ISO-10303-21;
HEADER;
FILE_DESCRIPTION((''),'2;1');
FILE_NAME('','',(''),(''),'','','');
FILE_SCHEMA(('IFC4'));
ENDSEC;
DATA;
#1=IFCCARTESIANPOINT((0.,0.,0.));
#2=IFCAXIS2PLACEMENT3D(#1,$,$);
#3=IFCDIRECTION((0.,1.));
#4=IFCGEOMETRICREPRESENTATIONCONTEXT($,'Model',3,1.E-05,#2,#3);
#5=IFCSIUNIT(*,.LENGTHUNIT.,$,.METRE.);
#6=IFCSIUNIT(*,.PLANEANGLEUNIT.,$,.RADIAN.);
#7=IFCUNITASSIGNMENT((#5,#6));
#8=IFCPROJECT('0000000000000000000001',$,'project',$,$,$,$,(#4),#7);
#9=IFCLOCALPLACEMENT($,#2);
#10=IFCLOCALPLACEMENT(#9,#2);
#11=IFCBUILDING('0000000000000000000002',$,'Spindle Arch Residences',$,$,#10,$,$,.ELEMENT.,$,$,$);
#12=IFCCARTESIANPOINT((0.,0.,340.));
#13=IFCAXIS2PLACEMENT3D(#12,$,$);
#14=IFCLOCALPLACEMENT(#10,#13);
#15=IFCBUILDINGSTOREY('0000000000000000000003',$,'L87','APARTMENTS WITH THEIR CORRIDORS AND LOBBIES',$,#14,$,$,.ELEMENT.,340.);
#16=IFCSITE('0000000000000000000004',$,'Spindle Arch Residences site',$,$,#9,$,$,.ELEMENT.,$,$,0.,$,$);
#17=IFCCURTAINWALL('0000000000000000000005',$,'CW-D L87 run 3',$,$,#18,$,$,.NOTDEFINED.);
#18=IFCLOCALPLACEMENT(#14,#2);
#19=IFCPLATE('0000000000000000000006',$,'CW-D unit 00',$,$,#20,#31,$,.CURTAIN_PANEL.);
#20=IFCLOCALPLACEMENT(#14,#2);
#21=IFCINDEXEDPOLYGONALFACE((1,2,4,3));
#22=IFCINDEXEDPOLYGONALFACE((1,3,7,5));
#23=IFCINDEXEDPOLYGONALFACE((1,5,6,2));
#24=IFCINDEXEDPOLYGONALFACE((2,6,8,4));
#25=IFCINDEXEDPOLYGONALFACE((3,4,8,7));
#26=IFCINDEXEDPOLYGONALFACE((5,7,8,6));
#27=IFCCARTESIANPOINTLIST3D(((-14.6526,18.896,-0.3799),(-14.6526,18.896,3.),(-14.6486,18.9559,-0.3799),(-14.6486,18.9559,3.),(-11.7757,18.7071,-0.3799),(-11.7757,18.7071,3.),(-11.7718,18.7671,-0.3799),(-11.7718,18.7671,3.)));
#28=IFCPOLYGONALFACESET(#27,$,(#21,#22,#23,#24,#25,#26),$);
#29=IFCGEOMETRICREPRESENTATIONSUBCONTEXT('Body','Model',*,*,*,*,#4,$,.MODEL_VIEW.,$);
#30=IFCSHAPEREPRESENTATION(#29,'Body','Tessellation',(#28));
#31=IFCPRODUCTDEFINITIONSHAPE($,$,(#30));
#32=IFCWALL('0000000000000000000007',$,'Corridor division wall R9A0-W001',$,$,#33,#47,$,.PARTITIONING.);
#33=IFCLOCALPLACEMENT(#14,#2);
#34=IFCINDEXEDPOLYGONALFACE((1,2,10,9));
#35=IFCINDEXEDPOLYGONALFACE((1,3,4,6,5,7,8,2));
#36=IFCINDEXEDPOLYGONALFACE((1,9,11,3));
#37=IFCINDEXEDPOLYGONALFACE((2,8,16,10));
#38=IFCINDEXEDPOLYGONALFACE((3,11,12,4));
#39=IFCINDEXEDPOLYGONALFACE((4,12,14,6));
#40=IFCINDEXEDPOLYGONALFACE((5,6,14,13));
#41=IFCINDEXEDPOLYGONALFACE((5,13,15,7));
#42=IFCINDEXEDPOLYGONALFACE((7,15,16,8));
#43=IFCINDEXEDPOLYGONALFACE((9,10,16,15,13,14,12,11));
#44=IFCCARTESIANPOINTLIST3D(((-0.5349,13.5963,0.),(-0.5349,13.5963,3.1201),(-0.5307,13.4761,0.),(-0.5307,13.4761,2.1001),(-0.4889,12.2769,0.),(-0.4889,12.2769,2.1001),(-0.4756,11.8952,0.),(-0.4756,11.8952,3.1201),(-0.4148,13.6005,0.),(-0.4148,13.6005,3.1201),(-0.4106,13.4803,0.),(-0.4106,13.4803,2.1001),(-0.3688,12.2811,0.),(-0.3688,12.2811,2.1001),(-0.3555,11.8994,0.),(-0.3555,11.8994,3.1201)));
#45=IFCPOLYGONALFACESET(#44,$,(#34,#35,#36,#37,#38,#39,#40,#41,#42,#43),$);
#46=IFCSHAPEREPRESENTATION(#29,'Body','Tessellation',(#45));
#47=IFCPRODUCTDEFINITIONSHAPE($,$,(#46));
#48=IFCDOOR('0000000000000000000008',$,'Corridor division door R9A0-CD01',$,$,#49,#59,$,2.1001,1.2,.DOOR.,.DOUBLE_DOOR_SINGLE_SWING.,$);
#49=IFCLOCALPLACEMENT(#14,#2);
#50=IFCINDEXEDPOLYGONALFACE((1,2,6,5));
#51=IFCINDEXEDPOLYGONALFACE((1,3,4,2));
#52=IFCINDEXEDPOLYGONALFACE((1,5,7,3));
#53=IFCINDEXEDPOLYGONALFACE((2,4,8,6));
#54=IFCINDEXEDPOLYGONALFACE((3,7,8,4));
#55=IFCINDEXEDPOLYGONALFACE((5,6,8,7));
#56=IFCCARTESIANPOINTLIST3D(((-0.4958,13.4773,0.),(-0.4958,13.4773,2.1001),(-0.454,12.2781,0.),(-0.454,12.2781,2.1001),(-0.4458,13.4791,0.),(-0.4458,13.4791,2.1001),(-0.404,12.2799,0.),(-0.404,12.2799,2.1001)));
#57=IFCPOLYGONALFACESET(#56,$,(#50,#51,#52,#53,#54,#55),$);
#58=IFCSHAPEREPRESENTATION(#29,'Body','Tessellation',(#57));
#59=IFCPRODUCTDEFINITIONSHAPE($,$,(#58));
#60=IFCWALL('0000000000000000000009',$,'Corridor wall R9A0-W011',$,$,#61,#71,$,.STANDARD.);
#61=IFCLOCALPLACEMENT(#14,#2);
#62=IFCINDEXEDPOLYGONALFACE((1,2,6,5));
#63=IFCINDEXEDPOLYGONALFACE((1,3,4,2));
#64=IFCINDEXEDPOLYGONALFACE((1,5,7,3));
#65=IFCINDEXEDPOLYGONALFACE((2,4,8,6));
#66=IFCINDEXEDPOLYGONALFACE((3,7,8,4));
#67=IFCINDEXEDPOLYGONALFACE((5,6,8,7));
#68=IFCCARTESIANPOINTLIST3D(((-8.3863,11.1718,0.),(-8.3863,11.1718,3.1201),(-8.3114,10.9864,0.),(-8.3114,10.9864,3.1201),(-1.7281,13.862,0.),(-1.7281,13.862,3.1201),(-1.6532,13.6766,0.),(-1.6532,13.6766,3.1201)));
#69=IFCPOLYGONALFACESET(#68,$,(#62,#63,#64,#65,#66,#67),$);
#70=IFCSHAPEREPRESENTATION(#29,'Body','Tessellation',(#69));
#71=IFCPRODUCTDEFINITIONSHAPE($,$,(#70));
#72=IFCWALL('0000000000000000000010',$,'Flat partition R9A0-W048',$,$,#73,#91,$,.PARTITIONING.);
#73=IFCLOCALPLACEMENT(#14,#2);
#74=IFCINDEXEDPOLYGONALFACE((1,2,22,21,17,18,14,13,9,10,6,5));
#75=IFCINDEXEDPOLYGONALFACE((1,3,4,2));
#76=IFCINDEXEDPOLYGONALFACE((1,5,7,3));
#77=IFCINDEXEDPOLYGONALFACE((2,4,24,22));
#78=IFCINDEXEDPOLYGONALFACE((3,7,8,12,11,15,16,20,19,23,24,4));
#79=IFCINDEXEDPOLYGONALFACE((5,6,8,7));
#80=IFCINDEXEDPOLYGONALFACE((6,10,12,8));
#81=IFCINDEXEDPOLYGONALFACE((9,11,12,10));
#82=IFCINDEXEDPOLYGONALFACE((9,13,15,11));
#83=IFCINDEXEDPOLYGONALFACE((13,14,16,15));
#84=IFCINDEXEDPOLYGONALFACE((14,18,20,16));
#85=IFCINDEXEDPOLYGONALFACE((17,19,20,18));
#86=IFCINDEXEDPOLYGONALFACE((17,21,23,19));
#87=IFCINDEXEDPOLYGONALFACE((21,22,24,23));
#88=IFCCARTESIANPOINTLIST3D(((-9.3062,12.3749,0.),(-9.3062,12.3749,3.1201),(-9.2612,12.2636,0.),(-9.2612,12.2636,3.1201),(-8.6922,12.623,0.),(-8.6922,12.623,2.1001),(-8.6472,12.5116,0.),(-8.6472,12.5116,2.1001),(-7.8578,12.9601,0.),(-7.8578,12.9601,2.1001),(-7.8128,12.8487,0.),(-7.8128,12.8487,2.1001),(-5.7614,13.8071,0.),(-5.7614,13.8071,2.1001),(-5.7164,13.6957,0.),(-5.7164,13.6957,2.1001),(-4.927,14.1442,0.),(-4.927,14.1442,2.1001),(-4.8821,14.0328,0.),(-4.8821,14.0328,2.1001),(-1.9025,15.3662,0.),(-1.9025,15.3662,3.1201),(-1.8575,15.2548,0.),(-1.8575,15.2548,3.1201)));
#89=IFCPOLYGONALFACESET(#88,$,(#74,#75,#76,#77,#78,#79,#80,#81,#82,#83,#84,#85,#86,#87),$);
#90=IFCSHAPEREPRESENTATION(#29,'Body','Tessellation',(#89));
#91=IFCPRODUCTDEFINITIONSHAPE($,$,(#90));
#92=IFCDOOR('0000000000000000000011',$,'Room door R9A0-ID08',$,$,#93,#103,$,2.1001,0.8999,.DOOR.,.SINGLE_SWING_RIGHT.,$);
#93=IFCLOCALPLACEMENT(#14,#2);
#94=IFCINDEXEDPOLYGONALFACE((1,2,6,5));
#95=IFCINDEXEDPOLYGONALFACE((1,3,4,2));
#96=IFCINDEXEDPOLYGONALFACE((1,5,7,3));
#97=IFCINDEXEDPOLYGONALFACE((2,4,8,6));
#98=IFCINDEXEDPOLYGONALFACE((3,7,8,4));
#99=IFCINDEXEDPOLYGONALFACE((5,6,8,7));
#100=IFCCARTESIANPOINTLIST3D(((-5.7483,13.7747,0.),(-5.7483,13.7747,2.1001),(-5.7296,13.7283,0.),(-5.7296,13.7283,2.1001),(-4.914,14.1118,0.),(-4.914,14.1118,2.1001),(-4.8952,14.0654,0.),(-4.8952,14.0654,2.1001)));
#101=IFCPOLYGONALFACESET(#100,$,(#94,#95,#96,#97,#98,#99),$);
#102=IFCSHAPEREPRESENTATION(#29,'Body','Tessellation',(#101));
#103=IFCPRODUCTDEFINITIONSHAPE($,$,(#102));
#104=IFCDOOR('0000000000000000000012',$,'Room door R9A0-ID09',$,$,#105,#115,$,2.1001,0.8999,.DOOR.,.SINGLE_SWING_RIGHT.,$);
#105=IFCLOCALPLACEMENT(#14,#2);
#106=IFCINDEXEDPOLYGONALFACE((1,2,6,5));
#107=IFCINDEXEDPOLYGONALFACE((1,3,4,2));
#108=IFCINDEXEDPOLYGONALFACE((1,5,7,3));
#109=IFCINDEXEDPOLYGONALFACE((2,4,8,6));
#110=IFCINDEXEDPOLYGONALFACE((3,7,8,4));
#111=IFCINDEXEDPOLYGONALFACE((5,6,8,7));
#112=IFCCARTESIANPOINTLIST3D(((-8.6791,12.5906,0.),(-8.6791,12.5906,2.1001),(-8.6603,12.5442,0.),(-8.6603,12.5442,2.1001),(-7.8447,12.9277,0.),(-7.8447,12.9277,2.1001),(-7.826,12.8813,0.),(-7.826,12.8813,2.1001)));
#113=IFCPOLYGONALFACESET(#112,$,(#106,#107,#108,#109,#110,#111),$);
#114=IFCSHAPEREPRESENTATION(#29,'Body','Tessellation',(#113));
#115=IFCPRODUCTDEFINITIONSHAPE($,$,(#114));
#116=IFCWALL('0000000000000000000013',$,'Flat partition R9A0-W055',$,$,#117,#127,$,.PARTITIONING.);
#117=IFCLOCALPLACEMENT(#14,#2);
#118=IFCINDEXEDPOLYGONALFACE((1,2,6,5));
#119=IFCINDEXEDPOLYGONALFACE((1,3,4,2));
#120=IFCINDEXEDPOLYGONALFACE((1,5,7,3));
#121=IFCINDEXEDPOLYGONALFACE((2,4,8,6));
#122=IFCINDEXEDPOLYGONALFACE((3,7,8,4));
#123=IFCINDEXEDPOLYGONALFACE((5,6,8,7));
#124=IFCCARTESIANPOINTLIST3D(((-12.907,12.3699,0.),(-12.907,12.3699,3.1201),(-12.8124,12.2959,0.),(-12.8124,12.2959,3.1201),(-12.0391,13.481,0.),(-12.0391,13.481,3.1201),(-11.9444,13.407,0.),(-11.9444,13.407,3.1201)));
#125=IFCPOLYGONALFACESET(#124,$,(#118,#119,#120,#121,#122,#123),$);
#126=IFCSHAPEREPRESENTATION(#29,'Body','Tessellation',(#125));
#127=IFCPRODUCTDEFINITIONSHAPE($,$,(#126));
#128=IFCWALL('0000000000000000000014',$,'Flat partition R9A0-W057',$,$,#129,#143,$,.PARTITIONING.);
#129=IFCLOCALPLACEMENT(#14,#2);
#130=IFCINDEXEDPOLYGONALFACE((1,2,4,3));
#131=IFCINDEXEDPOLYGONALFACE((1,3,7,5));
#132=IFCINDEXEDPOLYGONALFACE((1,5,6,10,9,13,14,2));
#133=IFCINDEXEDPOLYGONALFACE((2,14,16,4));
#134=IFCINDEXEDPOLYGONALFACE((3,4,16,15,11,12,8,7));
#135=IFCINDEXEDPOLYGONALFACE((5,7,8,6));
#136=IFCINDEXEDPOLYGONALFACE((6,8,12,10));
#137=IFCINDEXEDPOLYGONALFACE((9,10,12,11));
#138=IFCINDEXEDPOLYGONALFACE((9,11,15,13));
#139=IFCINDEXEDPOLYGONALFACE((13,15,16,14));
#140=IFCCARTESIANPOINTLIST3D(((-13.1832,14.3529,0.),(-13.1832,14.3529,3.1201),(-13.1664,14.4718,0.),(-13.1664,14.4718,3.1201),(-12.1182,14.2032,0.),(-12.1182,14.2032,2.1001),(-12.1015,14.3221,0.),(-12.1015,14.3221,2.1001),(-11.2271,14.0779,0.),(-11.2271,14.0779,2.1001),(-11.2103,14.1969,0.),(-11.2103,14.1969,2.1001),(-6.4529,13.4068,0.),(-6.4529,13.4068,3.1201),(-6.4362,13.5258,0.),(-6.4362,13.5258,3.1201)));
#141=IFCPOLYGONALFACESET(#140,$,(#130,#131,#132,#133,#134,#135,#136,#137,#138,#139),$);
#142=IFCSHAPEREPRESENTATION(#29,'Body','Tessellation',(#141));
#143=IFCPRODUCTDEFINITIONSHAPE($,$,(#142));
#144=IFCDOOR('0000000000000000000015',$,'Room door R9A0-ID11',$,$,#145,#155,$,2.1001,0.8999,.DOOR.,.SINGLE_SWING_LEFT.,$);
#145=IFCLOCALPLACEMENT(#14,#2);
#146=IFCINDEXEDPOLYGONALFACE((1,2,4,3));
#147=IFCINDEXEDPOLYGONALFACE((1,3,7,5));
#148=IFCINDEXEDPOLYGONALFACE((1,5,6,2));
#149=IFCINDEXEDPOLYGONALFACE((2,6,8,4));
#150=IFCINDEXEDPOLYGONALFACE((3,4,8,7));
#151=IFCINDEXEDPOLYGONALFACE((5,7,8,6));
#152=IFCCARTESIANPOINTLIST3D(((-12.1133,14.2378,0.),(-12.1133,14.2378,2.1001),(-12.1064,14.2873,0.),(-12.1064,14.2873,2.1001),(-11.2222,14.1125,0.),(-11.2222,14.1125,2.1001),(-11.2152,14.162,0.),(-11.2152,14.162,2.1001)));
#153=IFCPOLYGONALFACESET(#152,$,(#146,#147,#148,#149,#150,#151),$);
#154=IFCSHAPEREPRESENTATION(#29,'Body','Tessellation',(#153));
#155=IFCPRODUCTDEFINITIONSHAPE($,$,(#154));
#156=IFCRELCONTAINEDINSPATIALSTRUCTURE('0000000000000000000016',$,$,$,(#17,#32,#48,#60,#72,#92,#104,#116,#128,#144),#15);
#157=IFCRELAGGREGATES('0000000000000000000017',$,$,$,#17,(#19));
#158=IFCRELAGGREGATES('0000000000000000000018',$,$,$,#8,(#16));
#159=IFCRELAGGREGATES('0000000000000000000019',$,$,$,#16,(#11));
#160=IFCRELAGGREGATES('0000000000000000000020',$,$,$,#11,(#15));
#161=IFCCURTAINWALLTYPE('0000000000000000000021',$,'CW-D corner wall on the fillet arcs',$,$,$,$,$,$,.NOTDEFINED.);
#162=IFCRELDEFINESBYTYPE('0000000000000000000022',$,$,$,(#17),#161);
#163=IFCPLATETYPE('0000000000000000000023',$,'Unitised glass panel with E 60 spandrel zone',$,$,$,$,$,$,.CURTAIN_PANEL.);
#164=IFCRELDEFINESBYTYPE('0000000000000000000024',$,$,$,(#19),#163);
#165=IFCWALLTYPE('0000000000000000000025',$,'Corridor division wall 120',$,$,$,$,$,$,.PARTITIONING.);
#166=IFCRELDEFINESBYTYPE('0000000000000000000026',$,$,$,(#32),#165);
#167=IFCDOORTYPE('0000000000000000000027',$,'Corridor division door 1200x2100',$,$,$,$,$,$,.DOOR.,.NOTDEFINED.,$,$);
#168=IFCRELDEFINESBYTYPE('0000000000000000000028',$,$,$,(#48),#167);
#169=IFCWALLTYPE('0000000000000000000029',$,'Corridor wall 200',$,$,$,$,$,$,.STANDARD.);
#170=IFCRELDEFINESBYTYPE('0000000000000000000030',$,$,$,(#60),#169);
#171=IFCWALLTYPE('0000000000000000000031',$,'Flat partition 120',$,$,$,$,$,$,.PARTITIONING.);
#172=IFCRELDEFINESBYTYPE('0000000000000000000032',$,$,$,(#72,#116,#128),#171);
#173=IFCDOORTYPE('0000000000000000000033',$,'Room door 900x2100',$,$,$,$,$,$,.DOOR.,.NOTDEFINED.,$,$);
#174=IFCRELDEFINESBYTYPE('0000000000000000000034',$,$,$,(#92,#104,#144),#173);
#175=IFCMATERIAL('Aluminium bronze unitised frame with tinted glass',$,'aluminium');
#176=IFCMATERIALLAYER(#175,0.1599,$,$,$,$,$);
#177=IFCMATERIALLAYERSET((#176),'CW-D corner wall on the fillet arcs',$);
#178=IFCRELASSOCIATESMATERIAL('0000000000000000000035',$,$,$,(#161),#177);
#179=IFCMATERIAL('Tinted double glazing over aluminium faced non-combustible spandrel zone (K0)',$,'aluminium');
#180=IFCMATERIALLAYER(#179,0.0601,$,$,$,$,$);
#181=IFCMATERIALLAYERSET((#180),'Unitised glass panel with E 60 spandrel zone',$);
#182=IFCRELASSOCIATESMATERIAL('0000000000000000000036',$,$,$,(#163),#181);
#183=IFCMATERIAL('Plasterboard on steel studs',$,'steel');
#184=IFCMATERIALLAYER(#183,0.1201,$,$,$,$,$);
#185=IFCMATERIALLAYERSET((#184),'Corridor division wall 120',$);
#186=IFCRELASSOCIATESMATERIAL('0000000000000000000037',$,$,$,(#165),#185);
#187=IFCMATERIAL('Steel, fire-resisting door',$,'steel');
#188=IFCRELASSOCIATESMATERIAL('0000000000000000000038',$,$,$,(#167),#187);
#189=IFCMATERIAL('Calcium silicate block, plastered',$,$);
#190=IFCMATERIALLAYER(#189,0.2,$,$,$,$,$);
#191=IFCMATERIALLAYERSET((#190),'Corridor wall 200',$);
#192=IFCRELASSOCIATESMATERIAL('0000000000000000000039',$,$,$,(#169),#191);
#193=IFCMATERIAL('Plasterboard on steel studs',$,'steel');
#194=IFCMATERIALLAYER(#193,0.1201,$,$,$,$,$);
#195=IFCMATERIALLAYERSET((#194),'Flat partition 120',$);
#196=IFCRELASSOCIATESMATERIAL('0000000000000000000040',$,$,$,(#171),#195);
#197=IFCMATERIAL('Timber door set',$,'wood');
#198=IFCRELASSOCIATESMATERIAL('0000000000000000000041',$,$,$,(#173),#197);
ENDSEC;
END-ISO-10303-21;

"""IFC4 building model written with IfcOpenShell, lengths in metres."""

from ifc_helpers import new_model, si_unit, direction, frame, frame_2d, origin, origin_2d, place, context, subcontext, project, spatial, rectangle, extrude, material, layer, layer_set, type_object, element, fill, aggregate, save


model = new_model("IFC4")

# Units and contexts
model_context = context("Model", 3, precision=1e-05, world=origin(), true_north=direction((0.0, 1.0)))
body_context = subcontext(model_context, "Body", "Model", "MODEL_VIEW")
ifc_project = project(units=[si_unit("LENGTHUNIT", "METRE"), si_unit("PLANEANGLEUNIT", "RADIAN")], contexts=[model_context])

# Site, building, storey
site_placement = place(None, origin())
site = spatial("IfcSite", under=ifc_project, at=site_placement, Name="Spindle Arch Residences site", CompositionType="ELEMENT", RefElevation=0.0)
building_placement = place(site_placement, origin())
building = spatial("IfcBuilding", under=site, at=building_placement, Name="Spindle Arch Residences", CompositionType="ELEMENT")
storey_placement = place(building_placement, frame((0.0, 0.0, 340.0)))
storey = spatial("IfcBuildingStorey", under=building, at=storey_placement, Name="L87", Description="APARTMENTS WITH THEIR CORRIDORS AND LOBBIES", CompositionType="ELEMENT", Elevation=340.0)

# Curtain wall
ifc_material_1 = material(Name="Aluminium bronze unitised frame with tinted glass", Category="aluminium")
ifc_layer_1 = layer(ifc_material_1, 0.1599)
ifc_layer_set_1 = layer_set([ifc_layer_1], Name="CW-D corner wall on the fillet arcs")
curtain_wall_type_1 = type_object("IfcCurtainWallType", Name="CW-D corner wall on the fillet arcs", PredefinedType="NOTDEFINED", material=ifc_layer_set_1)
curtain_wall_1_placement = place(storey_placement, origin())
curtain_wall_1 = element("IfcCurtainWall", 1, at=curtain_wall_1_placement, inside=storey, type_object=curtain_wall_type_1, Name="CW-D L87 run 3", PredefinedType="NOTDEFINED")

# Plate
ifc_material_2 = material(Name="Tinted double glazing over aluminium faced non-combustible spandrel zone (K0)", Category="aluminium")
ifc_layer_2 = layer(ifc_material_2, 0.0601)
ifc_layer_set_2 = layer_set([ifc_layer_2], Name="Unitised glass panel with E 60 spandrel zone")
plate_type = type_object("IfcPlateType", Name="Unitised glass panel with E 60 spandrel zone", PredefinedType="CURTAIN_PANEL", material=ifc_layer_set_2)
plate_1_placement = place(storey_placement, frame((-13.2122, 18.8315, -0.3799), z_axis=(0.0, 0.0, 1.0), x_axis=(-0.997852, 0.06551, 0.0)))
plate_1 = element("IfcPlate", 2, at=plate_1_placement, type_object=plate_type, Name="CW-D unit 00", PredefinedType="CURTAIN_PANEL", context=body_context, shape_type="SweptSolid", body=[
    extrude(rectangle(XDim=2.8831, YDim=0.0601, at=origin_2d()), origin(), (0.0, 0.0, 1.0), 3.3799),
])
aggregate(curtain_wall_1, [plate_1])

# Wall, opening, door
ifc_material_3 = material(Name="Plasterboard on steel studs", Category="steel")
ifc_layer_3 = layer(ifc_material_3, 0.1201)
ifc_layer_set_3 = layer_set([ifc_layer_3], Name="Corridor division wall 120")
wall_type_1 = type_object("IfcWallType", Name="Corridor division wall 120", PredefinedType="PARTITIONING", material=ifc_layer_set_3)
wall_1_placement = place(storey_placement, frame((-0.4749, 13.5984, 0.0), z_axis=(0.0, 0.0, 1.0), x_axis=(0.034853, -0.999392, 0.0)))
wall_1 = element("IfcWall", 3, at=wall_1_placement, inside=storey, type_object=wall_type_1, Name="Corridor division wall R9A0-W001", PredefinedType="PARTITIONING", context=body_context, shape_type="SweptSolid", body=[
    extrude(rectangle(XDim=1.7021, YDim=0.1201, at=frame_2d((0.8511, 0.0))), origin(), (0.0, 0.0, 1.0), 3.1201),
])
opening_1_placement = place(wall_1_placement, frame((0.1201, 0.0, 0.0)))
opening_1 = element("IfcOpeningElement", 4, at=opening_1_placement, cuts=wall_1, PredefinedType="OPENING", context=body_context, shape_type="SweptSolid", body=[
    extrude(rectangle(XDim=1.2, YDim=2.1001, at=frame_2d((0.6001, 1.05))), frame((0.0, 0.0701, 0.0), z_axis=(0.0, -1.0, 0.0), x_axis=(1.0, 0.0, 0.0)), (0.0, 0.0, 1.0), 0.1401),
])
ifc_material_4 = material(Name="Steel, fire-resisting door", Category="steel")
door_type_1 = type_object("IfcDoorType", Name="Corridor division door 1200x2100", OperationType="NOTDEFINED", PredefinedType="DOOR", material=ifc_material_4)
door_1_placement = place(opening_1_placement, origin())
door_1 = element("IfcDoor", 5, at=door_1_placement, inside=storey, type_object=door_type_1, Name="Corridor division door R9A0-CD01", OperationType="DOUBLE_DOOR_SINGLE_SWING", OverallHeight=2.1001, OverallWidth=1.2, PredefinedType="DOOR", context=body_context, shape_type="SweptSolid", body=[
    extrude(rectangle(XDim=1.2, YDim=2.1001, at=frame_2d((0.6001, 1.05))), frame((0.0, 0.0249, 0.0), z_axis=(0.0, -1.0, 0.0), x_axis=(1.0, 0.0, 0.0)), (0.0, 0.0, 1.0), 0.05),
])
fill(opening_1, door_1)

# Wall
ifc_material_5 = material(Name="Calcium silicate block, plastered")
ifc_layer_4 = layer(ifc_material_5, 0.2)
ifc_layer_set_4 = layer_set([ifc_layer_4], Name="Corridor wall 200")
wall_type_2 = type_object("IfcWallType", Name="Corridor wall 200", PredefinedType="STANDARD", material=ifc_layer_set_4)
wall_2_placement = place(storey_placement, frame((-1.6907, 13.7693, 0.0), z_axis=(0.0, 0.0, 1.0), x_axis=(-0.927179, -0.374618, 0.0)))
element("IfcWall", 6, at=wall_2_placement, inside=storey, type_object=wall_type_2, Name="Corridor wall R9A0-W011", PredefinedType="STANDARD", context=body_context, shape_type="SweptSolid", body=[
    extrude(rectangle(XDim=7.1812, YDim=0.2, at=frame_2d((3.5906, 0.0))), origin(), (0.0, 0.0, 1.0), 3.1201),
])

# Wall, openings, doors
ifc_material_6 = material(Name="Plasterboard on steel studs", Category="steel")
ifc_layer_5 = layer(ifc_material_6, 0.1201)
ifc_layer_set_5 = layer_set([ifc_layer_5], Name="Flat partition 120")
wall_type_3 = type_object("IfcWallType", Name="Flat partition 120", PredefinedType="PARTITIONING", material=ifc_layer_set_5)
wall_3_placement = place(storey_placement, frame((-1.8799, 15.3105, 0.0), z_axis=(0.0, 0.0, 1.0), x_axis=(-0.927185, -0.374604, 0.0)))
wall_3 = element("IfcWall", 7, at=wall_3_placement, inside=storey, type_object=wall_type_3, Name="Flat partition R9A0-W048", PredefinedType="PARTITIONING", context=body_context, shape_type="SweptSolid", body=[
    extrude(rectangle(XDim=7.9851, YDim=0.1201, at=frame_2d((3.9927, 0.0))), origin(), (0.0, 0.0, 1.0), 3.1201),
])
opening_2_placement = place(wall_3_placement, frame((3.2622, 0.0, 0.0)))
opening_2 = element("IfcOpeningElement", 8, at=opening_2_placement, cuts=wall_3, PredefinedType="OPENING", context=body_context, shape_type="SweptSolid", body=[
    extrude(rectangle(XDim=0.8999, YDim=2.1001, at=frame_2d((0.45, 1.05))), frame((0.0, 0.0701, 0.0), z_axis=(0.0, -1.0, 0.0), x_axis=(1.0, 0.0, 0.0)), (0.0, 0.0, 1.0), 0.1401),
])
opening_3_placement = place(wall_3_placement, frame((6.4231, 0.0, 0.0)))
opening_3 = element("IfcOpeningElement", 9, at=opening_3_placement, cuts=wall_3, PredefinedType="OPENING", context=body_context, shape_type="SweptSolid", body=[
    extrude(rectangle(XDim=0.8999, YDim=2.1001, at=frame_2d((0.45, 1.05))), frame((0.0, 0.0701, 0.0), z_axis=(0.0, -1.0, 0.0), x_axis=(1.0, 0.0, 0.0)), (0.0, 0.0, 1.0), 0.1401),
])
ifc_material_7 = material(Name="Timber door set", Category="wood")
door_type_2 = type_object("IfcDoorType", Name="Room door 900x2100", OperationType="NOTDEFINED", PredefinedType="DOOR", material=ifc_material_7)
door_2_placement = place(opening_2_placement, origin())
door_2 = element("IfcDoor", 10, at=door_2_placement, inside=storey, type_object=door_type_2, Name="Room door R9A0-ID08", OperationType="SINGLE_SWING_RIGHT", OverallHeight=2.1001, OverallWidth=0.8999, PredefinedType="DOOR", context=body_context, shape_type="SweptSolid", body=[
    extrude(rectangle(XDim=0.8999, YDim=2.1001, at=frame_2d((0.45, 1.05))), frame((0.0, 0.0249, 0.0), z_axis=(0.0, -1.0, 0.0), x_axis=(1.0, 0.0, 0.0)), (0.0, 0.0, 1.0), 0.05),
])
fill(opening_2, door_2)
door_3_placement = place(opening_3_placement, origin())
door_3 = element("IfcDoor", 11, at=door_3_placement, inside=storey, type_object=door_type_2, Name="Room door R9A0-ID09", OperationType="SINGLE_SWING_RIGHT", OverallHeight=2.1001, OverallWidth=0.8999, PredefinedType="DOOR", context=body_context, shape_type="SweptSolid", body=[
    extrude(rectangle(XDim=0.8999, YDim=2.1001, at=frame_2d((0.45, 1.05))), frame((0.0, 0.0249, 0.0), z_axis=(0.0, -1.0, 0.0), x_axis=(1.0, 0.0, 0.0)), (0.0, 0.0, 1.0), 0.05),
])
fill(opening_3, door_3)

# Wall
wall_4_placement = place(storey_placement, frame((-11.9917, 13.4441, 0.0), z_axis=(0.0, 0.0, 1.0), x_axis=(-0.615594, -0.788064, 0.0)))
element("IfcWall", 12, at=wall_4_placement, inside=storey, type_object=wall_type_3, Name="Flat partition R9A0-W055", PredefinedType="PARTITIONING", context=body_context, shape_type="SweptSolid", body=[
    extrude(rectangle(XDim=1.4099, YDim=0.1201, at=frame_2d((0.7051, 0.0))), origin(), (0.0, 0.0, 1.0), 3.1201),
])

# Wall, opening, door
wall_5_placement = place(storey_placement, frame((-13.1748, 14.4124, 0.0), z_axis=(0.0, 0.0, 1.0), x_axis=(0.990265, -0.139198, 0.0)))
wall_5 = element("IfcWall", 13, at=wall_5_placement, inside=storey, type_object=wall_type_3, Name="Flat partition R9A0-W057", PredefinedType="PARTITIONING", context=body_context, shape_type="SweptSolid", body=[
    extrude(rectangle(XDim=6.7964, YDim=0.1201, at=frame_2d((3.3982, 0.0))), origin(), (0.0, 0.0, 1.0), 3.1201),
])
opening_4_placement = place(wall_5_placement, frame((1.0754, 0.0, 0.0)))
opening_4 = element("IfcOpeningElement", 14, at=opening_4_placement, cuts=wall_5, PredefinedType="OPENING", context=body_context, shape_type="SweptSolid", body=[
    extrude(rectangle(XDim=0.8999, YDim=2.1001, at=frame_2d((0.45, 1.05))), frame((0.0, 0.0701, 0.0), z_axis=(0.0, -1.0, 0.0), x_axis=(1.0, 0.0, 0.0)), (0.0, 0.0, 1.0), 0.1401),
])
door_4_placement = place(opening_4_placement, origin())
door_4 = element("IfcDoor", 15, at=door_4_placement, inside=storey, type_object=door_type_2, Name="Room door R9A0-ID11", OperationType="SINGLE_SWING_LEFT", OverallHeight=2.1001, OverallWidth=0.8999, PredefinedType="DOOR", context=body_context, shape_type="SweptSolid", body=[
    extrude(rectangle(XDim=0.8999, YDim=2.1001, at=frame_2d((0.45, 1.05))), frame((0.0, 0.0249, 0.0), z_axis=(0.0, -1.0, 0.0), x_axis=(1.0, 0.0, 0.0)), (0.0, 0.0, 1.0), 0.05),
])
fill(opening_4, door_4)

save(model, "model.ifc")
